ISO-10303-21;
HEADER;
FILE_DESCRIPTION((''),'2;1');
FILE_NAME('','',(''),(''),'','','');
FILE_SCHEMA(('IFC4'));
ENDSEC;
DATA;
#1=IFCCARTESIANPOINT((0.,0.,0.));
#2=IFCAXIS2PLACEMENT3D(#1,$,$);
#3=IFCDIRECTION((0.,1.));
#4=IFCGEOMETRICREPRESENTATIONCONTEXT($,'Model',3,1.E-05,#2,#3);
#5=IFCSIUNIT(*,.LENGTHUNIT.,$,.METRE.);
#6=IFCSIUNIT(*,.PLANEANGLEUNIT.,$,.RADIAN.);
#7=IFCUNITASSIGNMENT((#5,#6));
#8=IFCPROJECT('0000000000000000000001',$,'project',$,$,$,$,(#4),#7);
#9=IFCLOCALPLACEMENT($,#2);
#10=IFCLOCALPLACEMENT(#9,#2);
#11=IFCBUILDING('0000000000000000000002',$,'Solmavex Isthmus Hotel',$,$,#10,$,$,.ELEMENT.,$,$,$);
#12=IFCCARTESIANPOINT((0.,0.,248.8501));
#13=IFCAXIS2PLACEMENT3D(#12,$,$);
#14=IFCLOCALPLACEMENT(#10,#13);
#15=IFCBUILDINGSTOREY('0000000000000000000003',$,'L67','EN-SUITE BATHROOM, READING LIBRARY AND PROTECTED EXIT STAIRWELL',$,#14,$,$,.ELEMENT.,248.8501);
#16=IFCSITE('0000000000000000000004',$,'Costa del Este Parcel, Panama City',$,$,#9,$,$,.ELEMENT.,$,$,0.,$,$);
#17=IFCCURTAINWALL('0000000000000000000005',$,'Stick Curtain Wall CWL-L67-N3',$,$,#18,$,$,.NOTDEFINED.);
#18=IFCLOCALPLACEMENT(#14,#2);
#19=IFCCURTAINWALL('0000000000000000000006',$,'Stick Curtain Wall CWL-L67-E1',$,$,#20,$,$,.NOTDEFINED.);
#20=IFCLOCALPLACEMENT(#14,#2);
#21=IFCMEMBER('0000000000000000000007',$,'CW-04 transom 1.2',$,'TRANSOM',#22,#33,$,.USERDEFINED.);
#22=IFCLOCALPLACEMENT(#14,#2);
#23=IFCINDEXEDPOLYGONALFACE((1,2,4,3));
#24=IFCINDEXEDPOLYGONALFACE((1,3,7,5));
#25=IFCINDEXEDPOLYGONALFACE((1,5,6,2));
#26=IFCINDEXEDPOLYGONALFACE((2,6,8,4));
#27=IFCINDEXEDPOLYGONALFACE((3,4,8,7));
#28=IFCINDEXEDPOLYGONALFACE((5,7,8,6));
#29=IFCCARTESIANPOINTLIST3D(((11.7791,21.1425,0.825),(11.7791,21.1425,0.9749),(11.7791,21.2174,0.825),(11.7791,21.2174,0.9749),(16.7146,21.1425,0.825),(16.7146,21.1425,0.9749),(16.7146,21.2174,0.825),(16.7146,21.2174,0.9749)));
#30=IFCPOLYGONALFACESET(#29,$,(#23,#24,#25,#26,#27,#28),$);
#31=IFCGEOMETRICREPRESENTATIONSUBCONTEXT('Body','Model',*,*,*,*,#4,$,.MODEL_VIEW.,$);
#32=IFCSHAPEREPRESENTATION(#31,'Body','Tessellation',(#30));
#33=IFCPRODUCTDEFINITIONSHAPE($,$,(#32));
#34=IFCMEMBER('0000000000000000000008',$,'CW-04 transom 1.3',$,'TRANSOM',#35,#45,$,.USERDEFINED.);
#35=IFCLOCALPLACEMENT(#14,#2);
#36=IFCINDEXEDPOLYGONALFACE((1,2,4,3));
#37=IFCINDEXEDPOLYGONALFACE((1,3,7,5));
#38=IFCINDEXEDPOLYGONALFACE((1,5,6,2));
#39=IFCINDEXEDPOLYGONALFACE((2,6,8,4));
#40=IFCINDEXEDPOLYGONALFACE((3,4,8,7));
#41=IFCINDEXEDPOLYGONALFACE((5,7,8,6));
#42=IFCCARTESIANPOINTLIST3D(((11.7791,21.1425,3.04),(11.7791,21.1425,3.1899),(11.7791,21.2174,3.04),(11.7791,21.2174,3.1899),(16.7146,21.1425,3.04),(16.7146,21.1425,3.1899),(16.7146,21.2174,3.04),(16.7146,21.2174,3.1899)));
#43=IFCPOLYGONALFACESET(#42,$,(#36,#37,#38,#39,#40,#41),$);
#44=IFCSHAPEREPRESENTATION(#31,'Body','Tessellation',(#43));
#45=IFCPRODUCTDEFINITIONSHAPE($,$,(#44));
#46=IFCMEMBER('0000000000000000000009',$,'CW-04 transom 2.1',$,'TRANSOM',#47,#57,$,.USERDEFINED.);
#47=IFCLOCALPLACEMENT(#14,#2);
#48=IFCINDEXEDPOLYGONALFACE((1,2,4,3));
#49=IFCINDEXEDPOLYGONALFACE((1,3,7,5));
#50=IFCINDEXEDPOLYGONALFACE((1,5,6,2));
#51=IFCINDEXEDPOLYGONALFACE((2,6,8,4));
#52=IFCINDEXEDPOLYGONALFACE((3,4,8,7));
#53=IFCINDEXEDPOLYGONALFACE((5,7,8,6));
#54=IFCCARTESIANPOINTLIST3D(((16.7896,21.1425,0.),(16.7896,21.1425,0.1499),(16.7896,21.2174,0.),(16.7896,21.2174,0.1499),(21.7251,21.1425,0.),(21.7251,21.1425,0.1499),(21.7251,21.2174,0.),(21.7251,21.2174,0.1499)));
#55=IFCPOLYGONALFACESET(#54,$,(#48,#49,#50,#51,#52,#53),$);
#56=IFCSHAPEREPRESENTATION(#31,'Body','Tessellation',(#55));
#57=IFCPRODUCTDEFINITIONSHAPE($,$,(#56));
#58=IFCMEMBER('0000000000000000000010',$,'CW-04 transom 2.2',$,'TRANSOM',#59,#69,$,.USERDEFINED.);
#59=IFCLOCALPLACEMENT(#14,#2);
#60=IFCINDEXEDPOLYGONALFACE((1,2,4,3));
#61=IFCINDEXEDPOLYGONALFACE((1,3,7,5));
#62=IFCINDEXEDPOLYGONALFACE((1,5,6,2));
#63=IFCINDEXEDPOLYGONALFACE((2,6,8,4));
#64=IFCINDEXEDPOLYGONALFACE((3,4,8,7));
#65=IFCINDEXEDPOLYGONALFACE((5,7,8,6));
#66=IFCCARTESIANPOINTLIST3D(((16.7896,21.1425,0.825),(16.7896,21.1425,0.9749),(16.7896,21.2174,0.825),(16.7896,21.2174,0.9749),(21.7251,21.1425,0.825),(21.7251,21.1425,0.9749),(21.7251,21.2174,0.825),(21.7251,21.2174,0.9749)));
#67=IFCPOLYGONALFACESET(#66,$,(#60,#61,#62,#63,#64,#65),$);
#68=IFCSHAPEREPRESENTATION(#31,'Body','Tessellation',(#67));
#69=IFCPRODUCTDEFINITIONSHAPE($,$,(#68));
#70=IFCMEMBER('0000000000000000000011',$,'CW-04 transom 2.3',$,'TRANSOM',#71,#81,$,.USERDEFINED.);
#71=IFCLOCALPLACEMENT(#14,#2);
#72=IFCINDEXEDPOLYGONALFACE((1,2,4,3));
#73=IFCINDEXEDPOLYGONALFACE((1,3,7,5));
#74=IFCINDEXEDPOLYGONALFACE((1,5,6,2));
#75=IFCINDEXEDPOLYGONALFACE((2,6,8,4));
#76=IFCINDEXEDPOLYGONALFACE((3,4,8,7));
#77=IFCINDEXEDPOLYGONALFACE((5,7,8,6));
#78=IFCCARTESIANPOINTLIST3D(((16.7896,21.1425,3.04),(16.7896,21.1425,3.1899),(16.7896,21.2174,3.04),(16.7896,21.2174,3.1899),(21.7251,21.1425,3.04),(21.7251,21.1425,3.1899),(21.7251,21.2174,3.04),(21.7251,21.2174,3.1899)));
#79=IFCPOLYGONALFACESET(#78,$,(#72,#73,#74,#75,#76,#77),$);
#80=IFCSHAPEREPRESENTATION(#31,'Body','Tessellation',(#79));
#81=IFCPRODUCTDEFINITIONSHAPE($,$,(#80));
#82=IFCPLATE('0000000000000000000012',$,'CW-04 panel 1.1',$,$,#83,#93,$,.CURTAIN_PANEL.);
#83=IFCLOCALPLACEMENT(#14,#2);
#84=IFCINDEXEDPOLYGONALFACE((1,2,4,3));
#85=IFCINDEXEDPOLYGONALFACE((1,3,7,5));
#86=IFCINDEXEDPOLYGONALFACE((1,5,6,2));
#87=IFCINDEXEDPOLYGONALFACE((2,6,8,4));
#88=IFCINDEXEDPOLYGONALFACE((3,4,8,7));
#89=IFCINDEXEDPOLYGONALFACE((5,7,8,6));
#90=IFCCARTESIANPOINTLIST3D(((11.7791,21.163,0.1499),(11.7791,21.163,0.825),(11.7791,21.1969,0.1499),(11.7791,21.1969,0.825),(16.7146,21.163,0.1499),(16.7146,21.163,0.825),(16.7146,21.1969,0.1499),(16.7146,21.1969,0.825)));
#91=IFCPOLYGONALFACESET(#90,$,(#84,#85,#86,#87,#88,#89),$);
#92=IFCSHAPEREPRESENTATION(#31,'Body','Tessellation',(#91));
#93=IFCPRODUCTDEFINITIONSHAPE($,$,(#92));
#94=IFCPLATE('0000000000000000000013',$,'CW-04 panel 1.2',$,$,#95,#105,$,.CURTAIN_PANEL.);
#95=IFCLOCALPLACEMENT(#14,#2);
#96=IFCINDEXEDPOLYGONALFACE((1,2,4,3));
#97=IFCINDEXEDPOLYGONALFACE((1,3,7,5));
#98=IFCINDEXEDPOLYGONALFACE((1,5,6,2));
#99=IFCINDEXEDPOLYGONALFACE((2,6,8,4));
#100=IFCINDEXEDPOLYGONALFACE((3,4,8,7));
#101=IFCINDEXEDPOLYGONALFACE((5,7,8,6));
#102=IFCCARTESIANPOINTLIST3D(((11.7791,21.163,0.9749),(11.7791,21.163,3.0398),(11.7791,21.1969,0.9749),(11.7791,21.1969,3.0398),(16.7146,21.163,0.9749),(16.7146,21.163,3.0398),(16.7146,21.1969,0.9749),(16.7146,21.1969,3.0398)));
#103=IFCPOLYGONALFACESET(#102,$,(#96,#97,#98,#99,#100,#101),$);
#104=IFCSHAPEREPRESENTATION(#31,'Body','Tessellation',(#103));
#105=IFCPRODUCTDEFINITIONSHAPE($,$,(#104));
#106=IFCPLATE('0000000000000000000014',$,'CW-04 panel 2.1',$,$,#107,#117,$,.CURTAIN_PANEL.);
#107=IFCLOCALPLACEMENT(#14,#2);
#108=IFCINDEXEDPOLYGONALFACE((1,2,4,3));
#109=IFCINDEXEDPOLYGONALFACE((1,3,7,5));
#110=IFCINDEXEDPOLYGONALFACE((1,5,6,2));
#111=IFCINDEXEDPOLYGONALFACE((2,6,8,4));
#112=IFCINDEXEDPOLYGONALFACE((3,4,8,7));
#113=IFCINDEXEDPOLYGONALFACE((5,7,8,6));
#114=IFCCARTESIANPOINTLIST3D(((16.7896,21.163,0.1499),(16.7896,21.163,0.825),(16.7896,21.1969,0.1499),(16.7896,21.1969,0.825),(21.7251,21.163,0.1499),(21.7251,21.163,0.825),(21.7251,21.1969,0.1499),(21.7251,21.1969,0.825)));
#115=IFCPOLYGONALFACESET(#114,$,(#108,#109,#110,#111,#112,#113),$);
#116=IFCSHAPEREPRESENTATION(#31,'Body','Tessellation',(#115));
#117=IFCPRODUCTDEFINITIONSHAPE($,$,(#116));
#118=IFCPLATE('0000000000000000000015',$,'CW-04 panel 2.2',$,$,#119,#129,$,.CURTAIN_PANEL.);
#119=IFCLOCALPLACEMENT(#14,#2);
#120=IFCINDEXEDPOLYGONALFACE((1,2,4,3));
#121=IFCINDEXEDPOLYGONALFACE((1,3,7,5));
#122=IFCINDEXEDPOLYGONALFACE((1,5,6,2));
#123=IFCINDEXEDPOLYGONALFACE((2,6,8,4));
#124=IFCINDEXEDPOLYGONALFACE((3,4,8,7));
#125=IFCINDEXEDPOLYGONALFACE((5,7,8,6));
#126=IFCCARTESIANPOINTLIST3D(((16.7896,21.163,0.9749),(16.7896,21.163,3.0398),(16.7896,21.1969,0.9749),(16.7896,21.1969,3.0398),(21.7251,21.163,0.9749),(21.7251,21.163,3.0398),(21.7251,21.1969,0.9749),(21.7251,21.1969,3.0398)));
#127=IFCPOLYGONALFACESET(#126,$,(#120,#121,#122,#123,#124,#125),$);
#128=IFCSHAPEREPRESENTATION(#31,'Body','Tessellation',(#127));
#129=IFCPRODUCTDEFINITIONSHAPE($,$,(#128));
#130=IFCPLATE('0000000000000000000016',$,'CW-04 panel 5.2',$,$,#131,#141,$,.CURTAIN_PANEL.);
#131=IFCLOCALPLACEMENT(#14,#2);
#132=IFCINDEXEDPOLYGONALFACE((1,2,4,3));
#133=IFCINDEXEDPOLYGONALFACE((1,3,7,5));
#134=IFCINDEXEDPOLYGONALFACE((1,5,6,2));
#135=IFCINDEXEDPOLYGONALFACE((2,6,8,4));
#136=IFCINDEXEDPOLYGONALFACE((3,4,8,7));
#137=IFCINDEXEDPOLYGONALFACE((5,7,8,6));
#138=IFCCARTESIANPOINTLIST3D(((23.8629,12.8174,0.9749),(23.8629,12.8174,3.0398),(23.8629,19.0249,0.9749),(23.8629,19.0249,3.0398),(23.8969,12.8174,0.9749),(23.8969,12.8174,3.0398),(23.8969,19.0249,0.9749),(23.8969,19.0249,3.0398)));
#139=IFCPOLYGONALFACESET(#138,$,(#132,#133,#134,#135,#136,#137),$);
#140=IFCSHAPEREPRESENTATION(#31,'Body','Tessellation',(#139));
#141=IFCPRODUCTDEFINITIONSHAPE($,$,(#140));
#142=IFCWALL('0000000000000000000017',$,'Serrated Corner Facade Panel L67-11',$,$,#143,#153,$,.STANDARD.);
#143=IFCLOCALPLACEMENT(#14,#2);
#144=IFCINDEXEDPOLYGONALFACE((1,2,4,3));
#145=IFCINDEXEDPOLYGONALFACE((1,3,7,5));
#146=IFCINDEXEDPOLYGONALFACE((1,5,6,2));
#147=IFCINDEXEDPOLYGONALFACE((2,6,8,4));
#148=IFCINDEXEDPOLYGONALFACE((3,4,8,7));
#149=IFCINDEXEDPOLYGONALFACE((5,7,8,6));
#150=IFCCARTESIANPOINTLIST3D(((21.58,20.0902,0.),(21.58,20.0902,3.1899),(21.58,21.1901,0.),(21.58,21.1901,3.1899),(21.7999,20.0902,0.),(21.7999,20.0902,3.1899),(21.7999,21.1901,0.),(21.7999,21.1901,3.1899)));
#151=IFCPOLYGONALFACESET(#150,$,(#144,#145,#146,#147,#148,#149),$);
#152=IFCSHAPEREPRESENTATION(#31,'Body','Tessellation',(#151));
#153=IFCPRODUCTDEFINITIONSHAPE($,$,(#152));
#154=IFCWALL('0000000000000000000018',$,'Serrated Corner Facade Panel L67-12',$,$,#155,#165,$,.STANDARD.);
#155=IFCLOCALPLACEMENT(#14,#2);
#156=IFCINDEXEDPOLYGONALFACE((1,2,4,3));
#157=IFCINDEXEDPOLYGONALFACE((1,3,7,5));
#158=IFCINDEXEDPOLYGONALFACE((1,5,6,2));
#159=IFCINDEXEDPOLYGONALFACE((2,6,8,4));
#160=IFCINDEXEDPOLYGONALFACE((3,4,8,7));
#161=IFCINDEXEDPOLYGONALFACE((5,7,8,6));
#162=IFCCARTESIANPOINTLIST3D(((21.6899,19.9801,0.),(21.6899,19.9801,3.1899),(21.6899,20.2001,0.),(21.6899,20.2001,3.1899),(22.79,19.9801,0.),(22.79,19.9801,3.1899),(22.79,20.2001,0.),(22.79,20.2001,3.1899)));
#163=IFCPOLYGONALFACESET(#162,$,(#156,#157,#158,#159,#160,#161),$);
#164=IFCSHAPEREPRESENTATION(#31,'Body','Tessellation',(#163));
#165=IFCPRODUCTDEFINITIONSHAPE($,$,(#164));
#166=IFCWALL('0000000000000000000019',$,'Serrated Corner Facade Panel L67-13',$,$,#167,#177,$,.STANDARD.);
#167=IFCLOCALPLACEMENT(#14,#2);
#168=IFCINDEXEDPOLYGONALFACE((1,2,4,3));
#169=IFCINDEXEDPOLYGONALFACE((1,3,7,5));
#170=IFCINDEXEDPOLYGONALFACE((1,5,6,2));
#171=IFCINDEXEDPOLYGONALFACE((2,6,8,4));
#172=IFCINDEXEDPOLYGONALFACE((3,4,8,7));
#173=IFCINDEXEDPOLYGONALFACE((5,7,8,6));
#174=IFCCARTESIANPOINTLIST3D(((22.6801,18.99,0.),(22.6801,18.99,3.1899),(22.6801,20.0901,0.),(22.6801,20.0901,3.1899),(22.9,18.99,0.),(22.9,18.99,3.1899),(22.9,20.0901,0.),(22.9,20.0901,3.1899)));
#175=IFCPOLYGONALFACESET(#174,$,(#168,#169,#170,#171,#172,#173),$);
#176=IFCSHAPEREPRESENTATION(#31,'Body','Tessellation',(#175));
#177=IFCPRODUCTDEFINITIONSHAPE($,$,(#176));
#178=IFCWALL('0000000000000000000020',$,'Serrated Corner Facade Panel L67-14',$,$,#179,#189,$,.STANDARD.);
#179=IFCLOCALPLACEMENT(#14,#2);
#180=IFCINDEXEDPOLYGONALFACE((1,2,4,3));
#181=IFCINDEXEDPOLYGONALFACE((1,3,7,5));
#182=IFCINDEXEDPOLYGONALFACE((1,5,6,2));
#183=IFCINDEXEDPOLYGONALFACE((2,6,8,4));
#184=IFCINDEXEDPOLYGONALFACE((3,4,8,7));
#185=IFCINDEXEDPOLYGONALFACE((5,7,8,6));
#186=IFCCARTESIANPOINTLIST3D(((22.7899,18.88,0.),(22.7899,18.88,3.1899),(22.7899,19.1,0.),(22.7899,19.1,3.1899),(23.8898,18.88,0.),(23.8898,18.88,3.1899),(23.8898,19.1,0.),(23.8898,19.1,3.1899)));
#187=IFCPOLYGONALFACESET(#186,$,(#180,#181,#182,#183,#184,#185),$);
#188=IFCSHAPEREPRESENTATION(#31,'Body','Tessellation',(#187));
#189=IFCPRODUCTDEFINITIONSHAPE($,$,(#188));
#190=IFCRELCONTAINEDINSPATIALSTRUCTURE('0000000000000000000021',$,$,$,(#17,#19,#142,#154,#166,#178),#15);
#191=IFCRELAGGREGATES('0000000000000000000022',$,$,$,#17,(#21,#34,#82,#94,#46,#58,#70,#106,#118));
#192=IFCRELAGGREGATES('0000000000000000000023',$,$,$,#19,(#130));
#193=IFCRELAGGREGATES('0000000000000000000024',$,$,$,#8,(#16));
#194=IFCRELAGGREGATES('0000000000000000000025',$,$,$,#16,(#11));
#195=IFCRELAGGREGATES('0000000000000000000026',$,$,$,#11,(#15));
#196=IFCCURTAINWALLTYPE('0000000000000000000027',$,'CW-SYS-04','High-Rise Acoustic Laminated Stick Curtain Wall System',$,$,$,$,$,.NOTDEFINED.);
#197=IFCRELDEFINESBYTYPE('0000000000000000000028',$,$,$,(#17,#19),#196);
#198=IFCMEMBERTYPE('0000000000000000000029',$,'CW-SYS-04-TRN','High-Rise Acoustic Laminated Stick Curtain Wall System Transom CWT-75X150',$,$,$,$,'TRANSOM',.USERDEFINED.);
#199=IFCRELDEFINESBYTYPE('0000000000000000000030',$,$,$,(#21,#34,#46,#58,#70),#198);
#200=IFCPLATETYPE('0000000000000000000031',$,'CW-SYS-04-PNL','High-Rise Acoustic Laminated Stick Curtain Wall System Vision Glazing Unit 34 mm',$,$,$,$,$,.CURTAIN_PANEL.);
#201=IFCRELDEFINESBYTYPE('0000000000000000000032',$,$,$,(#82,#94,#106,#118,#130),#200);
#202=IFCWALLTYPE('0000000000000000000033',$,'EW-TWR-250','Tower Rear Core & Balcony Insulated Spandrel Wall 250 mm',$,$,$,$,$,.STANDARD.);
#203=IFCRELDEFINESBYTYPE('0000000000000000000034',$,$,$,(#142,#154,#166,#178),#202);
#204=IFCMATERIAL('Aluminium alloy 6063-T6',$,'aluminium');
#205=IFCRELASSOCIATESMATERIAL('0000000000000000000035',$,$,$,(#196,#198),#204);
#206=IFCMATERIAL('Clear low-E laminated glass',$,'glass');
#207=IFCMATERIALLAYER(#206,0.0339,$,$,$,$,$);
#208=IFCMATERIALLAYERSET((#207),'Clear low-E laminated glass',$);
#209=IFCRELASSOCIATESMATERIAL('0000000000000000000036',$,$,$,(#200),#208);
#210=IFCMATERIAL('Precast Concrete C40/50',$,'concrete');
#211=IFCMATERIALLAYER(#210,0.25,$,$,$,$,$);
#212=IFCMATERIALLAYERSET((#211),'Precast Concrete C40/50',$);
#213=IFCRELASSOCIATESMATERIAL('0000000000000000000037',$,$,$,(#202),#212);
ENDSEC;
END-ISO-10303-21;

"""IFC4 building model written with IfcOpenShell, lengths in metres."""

from ifc_helpers import new_model, si_unit, direction, frame, frame_2d, origin, origin_2d, place, context, subcontext, project, spatial, rectangle, extrude, material, layer, layer_set, material_profile, profile_set, type_object, element, aggregate, save


model = new_model("IFC4")

# Units and contexts
model_context = context("Model", 3, precision=1e-05, world=origin(), true_north=direction((0.0, 1.0)))
body_context = subcontext(model_context, "Body", "Model", "MODEL_VIEW")
ifc_project = project(units=[si_unit("LENGTHUNIT", "METRE"), si_unit("PLANEANGLEUNIT", "RADIAN")], contexts=[model_context])

# Site, building, storey
site_placement = place(None, origin())
site = spatial("IfcSite", under=ifc_project, at=site_placement, Name="Costa del Este Parcel, Panama City", CompositionType="ELEMENT", RefElevation=0.0)
building_placement = place(site_placement, origin())
building = spatial("IfcBuilding", under=site, at=building_placement, Name="Solmavex Isthmus Hotel", CompositionType="ELEMENT")
storey_placement = place(building_placement, frame((0.0, 0.0, 248.8501)))
storey = spatial("IfcBuildingStorey", under=building, at=storey_placement, Name="L67", Description="EN-SUITE BATHROOM, READING LIBRARY AND PROTECTED EXIT STAIRWELL", CompositionType="ELEMENT", Elevation=248.8501)

# Curtain wall
ifc_material_1 = material(Name="Aluminium alloy 6063-T6", Category="aluminium")
curtain_wall_type = type_object("IfcCurtainWallType", Name="CW-SYS-04", Description="High-Rise Acoustic Laminated Stick Curtain Wall System", PredefinedType="NOTDEFINED", material=ifc_material_1)
curtain_wall_1_placement = place(storey_placement, origin())
curtain_wall_1 = element("IfcCurtainWall", 1, at=curtain_wall_1_placement, inside=storey, type_object=curtain_wall_type, Name="Stick Curtain Wall CWL-L67-N3", PredefinedType="NOTDEFINED")

# Curtain wall
curtain_wall_2_placement = place(storey_placement, origin())
curtain_wall_2 = element("IfcCurtainWall", 2, at=curtain_wall_2_placement, inside=storey, type_object=curtain_wall_type, Name="Stick Curtain Wall CWL-L67-E1", PredefinedType="NOTDEFINED")

# Members
ifc_material_profile_1 = material_profile(ifc_material_1, rectangle(XDim=0.075, YDim=0.1499, at=origin_2d()), Name="CWT-75X150")
ifc_profile_set_1 = profile_set([ifc_material_profile_1], Name="Aluminium alloy 6063-T6")
member_type_1 = type_object("IfcMemberType", Name="CW-SYS-04-TRN", Description="High-Rise Acoustic Laminated Stick Curtain Wall System Transom CWT-75X150", ElementType="TRANSOM", PredefinedType="USERDEFINED", material=ifc_profile_set_1)
member_1_placement = place(storey_placement, frame((11.7791, 21.1799, 0.8999), z_axis=(1.0, 0.0, 0.0), x_axis=(0.0, 1.0, 0.0)))
member_1 = element("IfcMember", 3, at=member_1_placement, type_object=member_type_1, Name="CW-04 transom 1.2", ObjectType="TRANSOM", PredefinedType="USERDEFINED", context=body_context, shape_type="SweptSolid", body=[
    extrude(rectangle(XDim=0.075, YDim=0.1499, at=origin_2d()), origin(), (0.0, 0.0, 1.0), 4.9355),
])
member_2_placement = place(storey_placement, frame((11.7791, 21.1799, 3.115), z_axis=(1.0, 0.0, 0.0), x_axis=(0.0, 1.0, 0.0)))
member_2 = element("IfcMember", 4, at=member_2_placement, type_object=member_type_1, Name="CW-04 transom 1.3", ObjectType="TRANSOM", PredefinedType="USERDEFINED", context=body_context, shape_type="SweptSolid", body=[
    extrude(rectangle(XDim=0.075, YDim=0.1499, at=origin_2d()), origin(), (0.0, 0.0, 1.0), 4.9355),
])
member_3_placement = place(storey_placement, frame((16.7896, 21.1799, 0.075), z_axis=(1.0, 0.0, 0.0), x_axis=(0.0, 1.0, 0.0)))
member_3 = element("IfcMember", 5, at=member_3_placement, type_object=member_type_1, Name="CW-04 transom 2.1", ObjectType="TRANSOM", PredefinedType="USERDEFINED", context=body_context, shape_type="SweptSolid", body=[
    extrude(rectangle(XDim=0.075, YDim=0.1499, at=origin_2d()), origin(), (0.0, 0.0, 1.0), 4.9355),
])
member_4_placement = place(storey_placement, frame((16.7896, 21.1799, 0.8999), z_axis=(1.0, 0.0, 0.0), x_axis=(0.0, 1.0, 0.0)))
member_4 = element("IfcMember", 6, at=member_4_placement, type_object=member_type_1, Name="CW-04 transom 2.2", ObjectType="TRANSOM", PredefinedType="USERDEFINED", context=body_context, shape_type="SweptSolid", body=[
    extrude(rectangle(XDim=0.075, YDim=0.1499, at=origin_2d()), origin(), (0.0, 0.0, 1.0), 4.9355),
])
member_5_placement = place(storey_placement, frame((16.7896, 21.1799, 3.115), z_axis=(1.0, 0.0, 0.0), x_axis=(0.0, 1.0, 0.0)))
member_5 = element("IfcMember", 7, at=member_5_placement, type_object=member_type_1, Name="CW-04 transom 2.3", ObjectType="TRANSOM", PredefinedType="USERDEFINED", context=body_context, shape_type="SweptSolid", body=[
    extrude(rectangle(XDim=0.075, YDim=0.1499, at=origin_2d()), origin(), (0.0, 0.0, 1.0), 4.9355),
])

# Plates
ifc_material_2 = material(Name="Clear low-E laminated glass", Category="glass")
ifc_layer_1 = layer(ifc_material_2, 0.0339)
ifc_layer_set_1 = layer_set([ifc_layer_1], Name="Clear low-E laminated glass")
plate_type = type_object("IfcPlateType", Name="CW-SYS-04-PNL", Description="High-Rise Acoustic Laminated Stick Curtain Wall System Vision Glazing Unit 34 mm", PredefinedType="CURTAIN_PANEL", material=ifc_layer_set_1)
plate_1_placement = place(storey_placement, frame((14.2468, 21.1799, 0.1499), z_axis=(0.0, 0.0, 1.0), x_axis=(1.0, 0.0, 0.0)))
plate_1 = element("IfcPlate", 8, at=plate_1_placement, type_object=plate_type, Name="CW-04 panel 1.1", PredefinedType="CURTAIN_PANEL", context=body_context, shape_type="SweptSolid", body=[
    extrude(rectangle(XDim=4.9355, YDim=0.0339, at=origin_2d()), origin(), (0.0, 0.0, 1.0), 0.675),
])
plate_2_placement = place(storey_placement, frame((14.2468, 21.1799, 0.9749), z_axis=(0.0, 0.0, 1.0), x_axis=(1.0, 0.0, 0.0)))
plate_2 = element("IfcPlate", 9, at=plate_2_placement, type_object=plate_type, Name="CW-04 panel 1.2", PredefinedType="CURTAIN_PANEL", context=body_context, shape_type="SweptSolid", body=[
    extrude(rectangle(XDim=4.9355, YDim=0.0339, at=origin_2d()), origin(), (0.0, 0.0, 1.0), 2.0649),
])
plate_3_placement = place(storey_placement, frame((19.2573, 21.1799, 0.1499), z_axis=(0.0, 0.0, 1.0), x_axis=(1.0, 0.0, 0.0)))
plate_3 = element("IfcPlate", 10, at=plate_3_placement, type_object=plate_type, Name="CW-04 panel 2.1", PredefinedType="CURTAIN_PANEL", context=body_context, shape_type="SweptSolid", body=[
    extrude(rectangle(XDim=4.9355, YDim=0.0339, at=origin_2d()), origin(), (0.0, 0.0, 1.0), 0.675),
])
plate_4_placement = place(storey_placement, frame((19.2573, 21.1799, 0.9749), z_axis=(0.0, 0.0, 1.0), x_axis=(1.0, 0.0, 0.0)))
plate_4 = element("IfcPlate", 11, at=plate_4_placement, type_object=plate_type, Name="CW-04 panel 2.2", PredefinedType="CURTAIN_PANEL", context=body_context, shape_type="SweptSolid", body=[
    extrude(rectangle(XDim=4.9355, YDim=0.0339, at=origin_2d()), origin(), (0.0, 0.0, 1.0), 2.0649),
])
aggregate(curtain_wall_1, [member_1, member_2, plate_1, plate_2, member_3, member_4, member_5, plate_3, plate_4])
plate_5_placement = place(storey_placement, frame((23.8799, 15.9211, 0.9749), z_axis=(0.0, 0.0, 1.0), x_axis=(0.0, 1.0, 0.0)))
plate_5 = element("IfcPlate", 12, at=plate_5_placement, type_object=plate_type, Name="CW-04 panel 5.2", PredefinedType="CURTAIN_PANEL", context=body_context, shape_type="SweptSolid", body=[
    extrude(rectangle(XDim=6.2075, YDim=0.0339, at=origin_2d()), origin(), (0.0, 0.0, 1.0), 2.0649),
])
aggregate(curtain_wall_2, [plate_5])

# Walls
ifc_material_3 = material(Name="Precast Concrete C40/50", Category="concrete")
ifc_layer_2 = layer(ifc_material_3, 0.25)
ifc_layer_set_2 = layer_set([ifc_layer_2], Name="Precast Concrete C40/50")
wall_type_1 = type_object("IfcWallType", Name="EW-TWR-250", Description="Tower Rear Core & Balcony Insulated Spandrel Wall 250 mm", PredefinedType="STANDARD", material=ifc_layer_set_2)
wall_1_placement = place(storey_placement, frame((21.6899, 21.1899, 0.0), z_axis=(0.0, 0.0, 1.0), x_axis=(0.0, -1.0, 0.0)))
element("IfcWall", 13, at=wall_1_placement, inside=storey, type_object=wall_type_1, Name="Serrated Corner Facade Panel L67-11", PredefinedType="STANDARD", context=body_context, shape_type="SweptSolid", body=[
    extrude(rectangle(XDim=1.0999, YDim=0.22, at=frame_2d((0.5498, 0.0))), origin(), (0.0, 0.0, 1.0), 3.1899),
])
for number, where, z_axis, x_axis, name in (
    (14, (21.6899, 20.0901, 0.0), (0.0, 0.0, 1.0), (1.0, 0.0, 0.0), "Serrated Corner Facade Panel L67-12"),
    (15, (22.79, 20.0901, 0.0), (0.0, 0.0, 1.0), (0.0, -1.0, 0.0), "Serrated Corner Facade Panel L67-13"),
):
    element("IfcWall", number, at=place(storey_placement, frame(where, z_axis=z_axis, x_axis=x_axis)), inside=storey, type_object=wall_type_1, Name=name, PredefinedType="STANDARD", context=body_context, shape_type="SweptSolid", body=[
        extrude(rectangle(XDim=1.1001, YDim=0.22, at=frame_2d((0.55, 0.0))), origin(), (0.0, 0.0, 1.0), 3.1899),
    ])
wall_2_placement = place(storey_placement, frame((22.79, 18.99, 0.0), z_axis=(0.0, 0.0, 1.0), x_axis=(1.0, 0.0, 0.0)))
element("IfcWall", 16, at=wall_2_placement, inside=storey, type_object=wall_type_1, Name="Serrated Corner Facade Panel L67-14", PredefinedType="STANDARD", context=body_context, shape_type="SweptSolid", body=[
    extrude(rectangle(XDim=1.0999, YDim=0.22, at=frame_2d((0.5498, 0.0))), origin(), (0.0, 0.0, 1.0), 3.1899),
])

save(model, "model.ifc")
